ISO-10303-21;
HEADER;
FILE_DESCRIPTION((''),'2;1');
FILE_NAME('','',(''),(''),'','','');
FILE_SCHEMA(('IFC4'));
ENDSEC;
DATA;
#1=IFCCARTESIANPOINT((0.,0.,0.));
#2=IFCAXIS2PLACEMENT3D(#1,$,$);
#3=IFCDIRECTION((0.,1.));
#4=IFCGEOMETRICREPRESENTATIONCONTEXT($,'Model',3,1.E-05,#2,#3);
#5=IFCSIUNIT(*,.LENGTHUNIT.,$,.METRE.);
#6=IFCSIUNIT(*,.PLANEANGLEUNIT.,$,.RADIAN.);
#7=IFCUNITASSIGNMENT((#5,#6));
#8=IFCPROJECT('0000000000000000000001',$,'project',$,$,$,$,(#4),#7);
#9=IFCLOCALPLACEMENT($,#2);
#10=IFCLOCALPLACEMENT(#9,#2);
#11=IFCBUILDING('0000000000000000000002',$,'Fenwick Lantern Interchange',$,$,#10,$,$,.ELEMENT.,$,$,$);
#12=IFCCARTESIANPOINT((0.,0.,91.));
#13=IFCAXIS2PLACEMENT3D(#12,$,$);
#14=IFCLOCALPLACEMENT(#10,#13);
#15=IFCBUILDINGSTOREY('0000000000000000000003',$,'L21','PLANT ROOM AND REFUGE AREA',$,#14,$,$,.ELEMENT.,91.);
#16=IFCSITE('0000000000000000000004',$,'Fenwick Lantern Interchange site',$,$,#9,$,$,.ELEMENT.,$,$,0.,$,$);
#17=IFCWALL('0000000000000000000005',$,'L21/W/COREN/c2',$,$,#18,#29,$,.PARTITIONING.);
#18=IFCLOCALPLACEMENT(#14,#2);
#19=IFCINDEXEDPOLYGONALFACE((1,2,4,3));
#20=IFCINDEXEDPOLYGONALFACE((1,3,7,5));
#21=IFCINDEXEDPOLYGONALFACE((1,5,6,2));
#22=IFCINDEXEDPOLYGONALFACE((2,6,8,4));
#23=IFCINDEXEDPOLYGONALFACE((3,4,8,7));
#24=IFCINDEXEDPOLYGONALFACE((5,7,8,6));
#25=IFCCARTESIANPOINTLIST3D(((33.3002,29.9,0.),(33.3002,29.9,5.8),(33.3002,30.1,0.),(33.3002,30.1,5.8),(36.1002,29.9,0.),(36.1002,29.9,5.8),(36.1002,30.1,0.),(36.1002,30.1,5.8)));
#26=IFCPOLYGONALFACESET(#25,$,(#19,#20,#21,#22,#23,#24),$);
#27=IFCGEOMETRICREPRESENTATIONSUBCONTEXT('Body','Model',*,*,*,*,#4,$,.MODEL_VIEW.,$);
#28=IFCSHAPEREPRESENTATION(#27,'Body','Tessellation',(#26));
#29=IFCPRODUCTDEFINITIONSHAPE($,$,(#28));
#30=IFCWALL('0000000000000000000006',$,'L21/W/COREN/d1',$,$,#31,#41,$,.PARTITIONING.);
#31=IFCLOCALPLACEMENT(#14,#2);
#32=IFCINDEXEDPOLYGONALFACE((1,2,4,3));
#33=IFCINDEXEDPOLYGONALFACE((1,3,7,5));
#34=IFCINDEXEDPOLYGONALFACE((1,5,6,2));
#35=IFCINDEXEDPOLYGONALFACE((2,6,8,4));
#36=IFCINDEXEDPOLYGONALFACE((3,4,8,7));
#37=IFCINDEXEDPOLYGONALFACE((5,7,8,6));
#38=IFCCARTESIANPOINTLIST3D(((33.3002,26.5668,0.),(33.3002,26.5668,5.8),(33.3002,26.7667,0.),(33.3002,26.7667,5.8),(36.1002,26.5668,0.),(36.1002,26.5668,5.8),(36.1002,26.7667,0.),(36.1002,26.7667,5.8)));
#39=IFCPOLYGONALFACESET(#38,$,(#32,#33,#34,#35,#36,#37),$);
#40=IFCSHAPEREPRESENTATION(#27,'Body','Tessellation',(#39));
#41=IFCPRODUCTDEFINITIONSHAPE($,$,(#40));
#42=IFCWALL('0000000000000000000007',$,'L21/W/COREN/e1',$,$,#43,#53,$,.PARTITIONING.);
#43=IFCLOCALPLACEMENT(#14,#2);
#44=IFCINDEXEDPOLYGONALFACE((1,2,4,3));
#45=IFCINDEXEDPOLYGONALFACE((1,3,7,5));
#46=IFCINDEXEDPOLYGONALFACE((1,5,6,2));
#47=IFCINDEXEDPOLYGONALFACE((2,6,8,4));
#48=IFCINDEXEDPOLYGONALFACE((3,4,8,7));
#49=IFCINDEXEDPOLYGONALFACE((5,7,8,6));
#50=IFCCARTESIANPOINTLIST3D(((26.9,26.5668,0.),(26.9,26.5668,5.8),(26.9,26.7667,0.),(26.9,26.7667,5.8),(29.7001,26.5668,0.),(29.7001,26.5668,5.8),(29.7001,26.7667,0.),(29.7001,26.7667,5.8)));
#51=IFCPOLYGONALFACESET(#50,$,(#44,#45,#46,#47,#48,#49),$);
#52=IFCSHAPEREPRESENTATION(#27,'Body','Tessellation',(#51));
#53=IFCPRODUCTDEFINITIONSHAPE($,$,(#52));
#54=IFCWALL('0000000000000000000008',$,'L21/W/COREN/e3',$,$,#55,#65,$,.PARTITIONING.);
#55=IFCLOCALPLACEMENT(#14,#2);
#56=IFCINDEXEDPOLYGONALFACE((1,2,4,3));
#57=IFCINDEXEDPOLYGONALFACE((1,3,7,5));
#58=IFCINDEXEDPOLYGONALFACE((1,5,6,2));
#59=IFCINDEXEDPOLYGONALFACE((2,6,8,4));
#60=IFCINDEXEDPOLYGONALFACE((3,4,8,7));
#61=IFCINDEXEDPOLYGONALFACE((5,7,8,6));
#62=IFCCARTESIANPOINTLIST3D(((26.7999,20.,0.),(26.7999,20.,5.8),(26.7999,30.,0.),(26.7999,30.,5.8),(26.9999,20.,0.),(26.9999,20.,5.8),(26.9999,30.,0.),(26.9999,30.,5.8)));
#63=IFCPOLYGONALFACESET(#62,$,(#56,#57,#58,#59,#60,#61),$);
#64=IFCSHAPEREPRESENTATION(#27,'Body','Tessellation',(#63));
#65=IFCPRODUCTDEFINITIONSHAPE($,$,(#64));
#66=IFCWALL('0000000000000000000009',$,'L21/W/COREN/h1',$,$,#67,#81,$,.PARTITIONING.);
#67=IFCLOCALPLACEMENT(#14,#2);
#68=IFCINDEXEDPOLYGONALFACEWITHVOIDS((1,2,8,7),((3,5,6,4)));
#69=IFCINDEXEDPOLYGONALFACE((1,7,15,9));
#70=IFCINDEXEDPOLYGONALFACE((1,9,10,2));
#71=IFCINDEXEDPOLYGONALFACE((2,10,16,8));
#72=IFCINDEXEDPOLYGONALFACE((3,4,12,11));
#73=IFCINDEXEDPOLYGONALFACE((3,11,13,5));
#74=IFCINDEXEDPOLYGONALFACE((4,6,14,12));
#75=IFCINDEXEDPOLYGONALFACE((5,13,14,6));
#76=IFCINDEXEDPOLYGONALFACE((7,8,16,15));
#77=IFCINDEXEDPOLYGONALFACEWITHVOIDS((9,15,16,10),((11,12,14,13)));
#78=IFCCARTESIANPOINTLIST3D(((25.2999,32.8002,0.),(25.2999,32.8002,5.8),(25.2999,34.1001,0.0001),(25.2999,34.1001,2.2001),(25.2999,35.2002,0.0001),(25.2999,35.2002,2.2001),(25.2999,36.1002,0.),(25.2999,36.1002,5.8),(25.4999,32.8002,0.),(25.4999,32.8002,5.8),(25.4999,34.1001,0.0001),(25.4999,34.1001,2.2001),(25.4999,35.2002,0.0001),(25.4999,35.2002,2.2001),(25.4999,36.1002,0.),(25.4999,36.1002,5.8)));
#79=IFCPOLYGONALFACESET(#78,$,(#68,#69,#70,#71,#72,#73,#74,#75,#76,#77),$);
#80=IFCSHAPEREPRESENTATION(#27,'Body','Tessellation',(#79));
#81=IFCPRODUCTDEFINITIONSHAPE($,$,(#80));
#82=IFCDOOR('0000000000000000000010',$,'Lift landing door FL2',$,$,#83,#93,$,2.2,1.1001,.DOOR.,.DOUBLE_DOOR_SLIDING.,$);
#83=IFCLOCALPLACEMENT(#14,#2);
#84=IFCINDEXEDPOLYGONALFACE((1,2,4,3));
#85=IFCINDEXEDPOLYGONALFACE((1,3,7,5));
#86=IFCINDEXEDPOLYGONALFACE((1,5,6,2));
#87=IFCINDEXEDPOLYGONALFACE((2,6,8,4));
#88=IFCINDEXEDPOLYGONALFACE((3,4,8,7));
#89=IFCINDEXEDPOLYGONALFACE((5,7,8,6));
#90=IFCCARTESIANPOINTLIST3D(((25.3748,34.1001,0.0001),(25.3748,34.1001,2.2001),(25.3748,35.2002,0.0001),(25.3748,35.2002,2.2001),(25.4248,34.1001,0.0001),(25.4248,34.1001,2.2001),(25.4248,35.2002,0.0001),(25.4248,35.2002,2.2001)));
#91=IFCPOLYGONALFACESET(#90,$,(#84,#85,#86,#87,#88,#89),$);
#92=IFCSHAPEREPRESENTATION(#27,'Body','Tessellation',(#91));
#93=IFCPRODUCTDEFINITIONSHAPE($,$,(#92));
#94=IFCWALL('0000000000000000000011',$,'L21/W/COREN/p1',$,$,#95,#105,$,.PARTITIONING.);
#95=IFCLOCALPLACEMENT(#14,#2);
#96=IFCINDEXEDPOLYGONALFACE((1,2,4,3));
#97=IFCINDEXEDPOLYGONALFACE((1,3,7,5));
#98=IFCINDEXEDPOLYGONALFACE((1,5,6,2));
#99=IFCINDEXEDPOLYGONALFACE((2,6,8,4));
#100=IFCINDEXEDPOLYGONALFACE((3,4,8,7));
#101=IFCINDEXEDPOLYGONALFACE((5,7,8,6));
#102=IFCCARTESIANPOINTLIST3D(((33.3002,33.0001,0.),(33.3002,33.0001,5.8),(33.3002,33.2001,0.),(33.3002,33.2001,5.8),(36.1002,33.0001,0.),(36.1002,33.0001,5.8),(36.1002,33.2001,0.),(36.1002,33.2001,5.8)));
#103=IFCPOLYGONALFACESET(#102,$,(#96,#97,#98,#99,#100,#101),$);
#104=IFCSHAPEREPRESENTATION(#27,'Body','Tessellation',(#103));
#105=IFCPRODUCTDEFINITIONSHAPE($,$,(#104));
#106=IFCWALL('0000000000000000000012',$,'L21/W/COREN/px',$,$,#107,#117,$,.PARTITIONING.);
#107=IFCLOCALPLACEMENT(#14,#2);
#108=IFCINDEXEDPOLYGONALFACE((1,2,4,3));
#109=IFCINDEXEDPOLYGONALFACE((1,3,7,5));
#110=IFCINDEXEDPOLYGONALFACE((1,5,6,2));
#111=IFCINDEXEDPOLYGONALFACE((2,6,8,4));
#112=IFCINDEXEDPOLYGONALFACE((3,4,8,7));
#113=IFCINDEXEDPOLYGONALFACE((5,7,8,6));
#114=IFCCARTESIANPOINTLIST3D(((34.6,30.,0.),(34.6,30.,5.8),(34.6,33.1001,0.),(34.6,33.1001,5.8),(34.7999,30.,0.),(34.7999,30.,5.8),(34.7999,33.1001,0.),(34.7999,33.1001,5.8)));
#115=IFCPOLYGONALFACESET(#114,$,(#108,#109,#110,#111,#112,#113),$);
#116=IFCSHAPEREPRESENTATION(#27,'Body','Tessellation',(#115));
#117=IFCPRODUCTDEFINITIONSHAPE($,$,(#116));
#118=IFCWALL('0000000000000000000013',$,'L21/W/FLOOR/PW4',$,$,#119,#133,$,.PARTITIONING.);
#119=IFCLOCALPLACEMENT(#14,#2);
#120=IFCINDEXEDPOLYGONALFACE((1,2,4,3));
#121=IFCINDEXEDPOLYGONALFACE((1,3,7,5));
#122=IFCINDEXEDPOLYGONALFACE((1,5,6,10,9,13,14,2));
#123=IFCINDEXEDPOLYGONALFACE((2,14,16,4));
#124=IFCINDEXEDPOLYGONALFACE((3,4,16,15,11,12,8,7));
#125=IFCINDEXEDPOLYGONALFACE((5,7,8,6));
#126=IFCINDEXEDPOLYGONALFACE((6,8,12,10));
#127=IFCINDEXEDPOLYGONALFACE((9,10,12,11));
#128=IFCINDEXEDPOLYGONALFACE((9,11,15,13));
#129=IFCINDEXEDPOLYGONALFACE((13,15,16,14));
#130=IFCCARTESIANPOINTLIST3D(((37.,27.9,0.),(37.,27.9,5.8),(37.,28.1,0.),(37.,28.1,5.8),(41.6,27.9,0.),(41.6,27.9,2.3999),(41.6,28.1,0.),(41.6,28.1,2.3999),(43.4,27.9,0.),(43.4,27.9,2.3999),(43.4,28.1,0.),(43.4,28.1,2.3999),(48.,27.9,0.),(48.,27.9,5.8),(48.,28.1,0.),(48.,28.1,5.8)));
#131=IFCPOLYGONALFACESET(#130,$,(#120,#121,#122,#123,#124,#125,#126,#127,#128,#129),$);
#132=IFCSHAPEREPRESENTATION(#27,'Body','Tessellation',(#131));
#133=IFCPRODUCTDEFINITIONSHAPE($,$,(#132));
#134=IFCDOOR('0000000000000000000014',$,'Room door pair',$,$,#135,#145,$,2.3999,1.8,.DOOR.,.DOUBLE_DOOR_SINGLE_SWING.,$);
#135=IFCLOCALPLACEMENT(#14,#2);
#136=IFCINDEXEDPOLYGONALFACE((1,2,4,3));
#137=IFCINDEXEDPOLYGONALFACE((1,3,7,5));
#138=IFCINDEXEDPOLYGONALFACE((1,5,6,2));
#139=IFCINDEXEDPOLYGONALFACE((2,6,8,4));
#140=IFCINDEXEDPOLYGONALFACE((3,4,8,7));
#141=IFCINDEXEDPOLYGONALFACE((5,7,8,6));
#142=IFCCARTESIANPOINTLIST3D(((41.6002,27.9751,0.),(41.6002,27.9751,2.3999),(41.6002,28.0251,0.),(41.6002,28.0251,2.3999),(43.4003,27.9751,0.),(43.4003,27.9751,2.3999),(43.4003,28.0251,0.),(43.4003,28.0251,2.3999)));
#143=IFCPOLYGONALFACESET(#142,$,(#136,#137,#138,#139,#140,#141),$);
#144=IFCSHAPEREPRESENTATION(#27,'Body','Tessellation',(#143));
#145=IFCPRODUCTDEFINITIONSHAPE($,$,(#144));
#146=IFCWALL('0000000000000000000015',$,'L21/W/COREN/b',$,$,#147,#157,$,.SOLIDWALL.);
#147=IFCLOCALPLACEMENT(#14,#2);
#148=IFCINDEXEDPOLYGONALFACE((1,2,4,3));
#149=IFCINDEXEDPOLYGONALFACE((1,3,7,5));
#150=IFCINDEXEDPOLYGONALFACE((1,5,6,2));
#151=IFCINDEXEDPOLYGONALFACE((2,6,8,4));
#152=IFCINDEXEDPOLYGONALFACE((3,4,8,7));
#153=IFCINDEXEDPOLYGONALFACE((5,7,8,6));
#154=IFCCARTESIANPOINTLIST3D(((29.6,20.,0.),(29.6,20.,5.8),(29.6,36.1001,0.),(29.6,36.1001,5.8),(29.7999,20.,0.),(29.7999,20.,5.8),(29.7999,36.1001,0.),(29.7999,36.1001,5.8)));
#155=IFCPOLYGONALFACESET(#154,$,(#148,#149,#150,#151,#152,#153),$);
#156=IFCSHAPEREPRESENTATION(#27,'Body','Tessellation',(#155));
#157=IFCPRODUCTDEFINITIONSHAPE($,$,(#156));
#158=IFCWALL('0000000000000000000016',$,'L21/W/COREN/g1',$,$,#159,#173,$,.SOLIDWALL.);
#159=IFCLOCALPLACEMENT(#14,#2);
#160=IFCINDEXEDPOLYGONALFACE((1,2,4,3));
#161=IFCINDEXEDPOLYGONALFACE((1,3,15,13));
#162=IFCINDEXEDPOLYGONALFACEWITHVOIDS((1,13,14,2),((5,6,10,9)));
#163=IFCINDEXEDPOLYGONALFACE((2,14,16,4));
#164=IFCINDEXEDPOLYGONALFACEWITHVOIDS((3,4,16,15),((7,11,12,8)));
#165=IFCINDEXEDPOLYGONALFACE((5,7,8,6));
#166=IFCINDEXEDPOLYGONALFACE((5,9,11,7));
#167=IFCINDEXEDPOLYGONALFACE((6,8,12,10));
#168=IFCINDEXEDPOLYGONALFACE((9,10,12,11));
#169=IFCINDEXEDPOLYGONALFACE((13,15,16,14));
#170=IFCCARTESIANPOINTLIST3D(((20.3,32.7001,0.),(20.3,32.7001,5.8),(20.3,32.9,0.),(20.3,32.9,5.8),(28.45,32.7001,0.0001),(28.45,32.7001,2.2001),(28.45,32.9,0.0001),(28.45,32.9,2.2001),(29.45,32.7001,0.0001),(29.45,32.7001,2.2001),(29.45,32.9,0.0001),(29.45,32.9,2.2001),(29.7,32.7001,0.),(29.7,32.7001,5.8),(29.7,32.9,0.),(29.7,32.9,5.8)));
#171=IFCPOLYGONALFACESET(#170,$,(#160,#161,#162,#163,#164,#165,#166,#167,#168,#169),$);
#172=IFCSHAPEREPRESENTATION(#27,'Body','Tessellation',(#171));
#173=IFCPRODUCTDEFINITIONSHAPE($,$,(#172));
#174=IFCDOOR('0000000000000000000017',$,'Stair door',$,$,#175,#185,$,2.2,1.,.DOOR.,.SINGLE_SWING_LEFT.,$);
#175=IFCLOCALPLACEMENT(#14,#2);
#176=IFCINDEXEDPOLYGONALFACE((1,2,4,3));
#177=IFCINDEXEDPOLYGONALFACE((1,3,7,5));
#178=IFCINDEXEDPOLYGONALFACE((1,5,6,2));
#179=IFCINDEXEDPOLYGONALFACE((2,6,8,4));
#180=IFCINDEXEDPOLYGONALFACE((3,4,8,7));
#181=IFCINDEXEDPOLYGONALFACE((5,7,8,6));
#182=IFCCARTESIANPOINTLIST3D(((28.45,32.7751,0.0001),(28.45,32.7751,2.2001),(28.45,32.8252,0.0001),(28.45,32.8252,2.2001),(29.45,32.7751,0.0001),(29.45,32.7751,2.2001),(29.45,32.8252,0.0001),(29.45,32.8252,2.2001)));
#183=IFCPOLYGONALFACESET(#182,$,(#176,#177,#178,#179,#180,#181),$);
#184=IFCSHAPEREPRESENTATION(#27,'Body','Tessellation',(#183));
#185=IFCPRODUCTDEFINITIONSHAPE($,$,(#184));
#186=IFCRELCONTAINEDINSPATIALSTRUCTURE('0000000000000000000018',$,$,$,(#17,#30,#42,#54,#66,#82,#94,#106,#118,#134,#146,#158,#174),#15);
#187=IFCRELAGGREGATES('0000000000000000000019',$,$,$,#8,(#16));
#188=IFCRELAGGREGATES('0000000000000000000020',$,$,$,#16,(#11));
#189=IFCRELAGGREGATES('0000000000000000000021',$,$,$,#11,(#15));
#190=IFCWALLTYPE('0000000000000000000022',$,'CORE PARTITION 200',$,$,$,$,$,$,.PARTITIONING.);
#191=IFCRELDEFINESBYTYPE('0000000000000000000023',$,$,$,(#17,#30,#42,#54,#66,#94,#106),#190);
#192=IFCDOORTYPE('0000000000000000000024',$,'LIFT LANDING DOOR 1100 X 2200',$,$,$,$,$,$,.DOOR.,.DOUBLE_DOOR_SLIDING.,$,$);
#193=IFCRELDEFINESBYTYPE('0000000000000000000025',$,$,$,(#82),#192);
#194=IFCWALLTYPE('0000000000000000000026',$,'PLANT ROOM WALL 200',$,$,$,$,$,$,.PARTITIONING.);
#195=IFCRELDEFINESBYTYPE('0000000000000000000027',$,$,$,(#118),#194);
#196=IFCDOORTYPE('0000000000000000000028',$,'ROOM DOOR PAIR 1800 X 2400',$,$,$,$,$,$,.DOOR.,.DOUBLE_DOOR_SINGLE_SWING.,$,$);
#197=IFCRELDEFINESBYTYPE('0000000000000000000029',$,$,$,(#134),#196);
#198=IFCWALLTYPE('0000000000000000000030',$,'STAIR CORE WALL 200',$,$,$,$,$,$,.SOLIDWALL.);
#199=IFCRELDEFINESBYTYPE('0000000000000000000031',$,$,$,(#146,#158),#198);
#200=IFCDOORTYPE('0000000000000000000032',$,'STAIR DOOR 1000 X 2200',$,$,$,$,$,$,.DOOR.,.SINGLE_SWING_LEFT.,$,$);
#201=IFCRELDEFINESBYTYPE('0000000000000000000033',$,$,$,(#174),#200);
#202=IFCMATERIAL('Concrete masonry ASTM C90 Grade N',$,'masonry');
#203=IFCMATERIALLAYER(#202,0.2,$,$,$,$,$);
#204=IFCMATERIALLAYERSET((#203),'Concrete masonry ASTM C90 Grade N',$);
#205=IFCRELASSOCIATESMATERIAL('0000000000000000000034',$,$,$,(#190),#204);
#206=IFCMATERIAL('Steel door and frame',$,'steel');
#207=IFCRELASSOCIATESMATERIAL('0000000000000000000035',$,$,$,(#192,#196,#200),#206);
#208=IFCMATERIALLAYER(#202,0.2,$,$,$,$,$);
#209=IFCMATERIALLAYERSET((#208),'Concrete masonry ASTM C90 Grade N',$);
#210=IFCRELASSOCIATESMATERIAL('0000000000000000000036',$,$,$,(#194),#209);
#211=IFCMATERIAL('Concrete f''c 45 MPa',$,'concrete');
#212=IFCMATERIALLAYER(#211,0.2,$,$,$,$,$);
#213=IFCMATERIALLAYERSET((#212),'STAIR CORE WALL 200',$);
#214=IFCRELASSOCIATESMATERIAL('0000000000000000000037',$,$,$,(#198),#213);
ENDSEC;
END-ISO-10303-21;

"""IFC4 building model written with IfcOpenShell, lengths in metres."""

from ifc_helpers import new_model, si_unit, direction, frame, frame_2d, origin, place, context, subcontext, project, spatial, rectangle, extrude, material, layer, layer_set, type_object, element, fill, save


model = new_model("IFC4")

# Units and contexts
model_context = context("Model", 3, precision=1e-05, world=origin(), true_north=direction((0.0, 1.0)))
body_context = subcontext(model_context, "Body", "Model", "MODEL_VIEW")
ifc_project = project(units=[si_unit("LENGTHUNIT", "METRE"), si_unit("PLANEANGLEUNIT", "RADIAN")], contexts=[model_context])

# Site, building, storey
site_placement = place(None, origin())
site = spatial("IfcSite", under=ifc_project, at=site_placement, Name="Fenwick Lantern Interchange site", CompositionType="ELEMENT", RefElevation=0.0)
building_placement = place(site_placement, origin())
building = spatial("IfcBuilding", under=site, at=building_placement, Name="Fenwick Lantern Interchange", CompositionType="ELEMENT")
storey_placement = place(building_placement, frame((0.0, 0.0, 91.0)))
storey = spatial("IfcBuildingStorey", under=building, at=storey_placement, Name="L21", Description="PLANT ROOM AND REFUGE AREA", CompositionType="ELEMENT", Elevation=91.0)

# Walls
ifc_material_1 = material(Name="Concrete masonry ASTM C90 Grade N", Category="masonry")
ifc_layer_1 = layer(ifc_material_1, 0.2)
ifc_layer_set_1 = layer_set([ifc_layer_1], Name="Concrete masonry ASTM C90 Grade N")
wall_type_1 = type_object("IfcWallType", Name="CORE PARTITION 200", PredefinedType="PARTITIONING", material=ifc_layer_set_1)
for number, where, z_axis, x_axis, name in (
    (1, (36.1001, 30.0, 0.0), (0.0, 0.0, 1.0), (-1.0, 0.0, 0.0), "L21/W/COREN/c2"),
    (2, (36.1001, 26.6667, 0.0), (0.0, 0.0, 1.0), (-1.0, 0.0, 0.0), "L21/W/COREN/d1"),
    (3, (29.7, 26.6667, 0.0), (0.0, 0.0, 1.0), (-1.0, 0.0, 0.0), "L21/W/COREN/e1"),
):
    element("IfcWall", number, at=place(storey_placement, frame(where, z_axis=z_axis, x_axis=x_axis)), inside=storey, type_object=wall_type_1, Name=name, PredefinedType="PARTITIONING", context=body_context, shape_type="SweptSolid", body=[
        extrude(rectangle(XDim=2.8, YDim=0.2, at=frame_2d((1.3999, 0.0))), origin(), (0.0, 0.0, 1.0), 5.8),
    ])
wall_1_placement = place(storey_placement, frame((26.8999, 30.0, 0.0), z_axis=(0.0, 0.0, 1.0), x_axis=(0.0, -1.0, 0.0)))
element("IfcWall", 4, at=wall_1_placement, inside=storey, type_object=wall_type_1, Name="L21/W/COREN/e3", PredefinedType="PARTITIONING", context=body_context, shape_type="SweptSolid", body=[
    extrude(rectangle(XDim=10.0, YDim=0.2, at=frame_2d((5.0, 0.0))), origin(), (0.0, 0.0, 1.0), 5.8),
])

# Wall, opening, door
wall_2_placement = place(storey_placement, frame((25.3999, 36.1001, 0.0), z_axis=(0.0, 0.0, 1.0), x_axis=(0.0, -1.0, 0.0)))
wall_2 = element("IfcWall", 5, at=wall_2_placement, inside=storey, type_object=wall_type_1, Name="L21/W/COREN/h1", PredefinedType="PARTITIONING", context=body_context, shape_type="SweptSolid", body=[
    extrude(rectangle(XDim=3.3, YDim=0.2, at=frame_2d((1.6499, 0.0))), origin(), (0.0, 0.0, 1.0), 5.8),
])
opening_1_placement = place(wall_2_placement, frame((0.8999, 0.0, 0.0)))
opening_1 = element("IfcOpeningElement", 6, at=opening_1_placement, cuts=wall_2, PredefinedType="OPENING", context=body_context, shape_type="SweptSolid", body=[
    extrude(rectangle(XDim=1.1001, YDim=2.2, at=frame_2d((0.55, 1.1001))), frame((0.0, 0.1099, 0.0), z_axis=(0.0, -1.0, 0.0), x_axis=(1.0, 0.0, 0.0)), (0.0, 0.0, 1.0), 0.22),
])
ifc_material_2 = material(Name="Steel door and frame", Category="steel")
door_type_1 = type_object("IfcDoorType", Name="LIFT LANDING DOOR 1100 X 2200", OperationType="DOUBLE_DOOR_SLIDING", PredefinedType="DOOR", material=ifc_material_2)
door_1_placement = place(opening_1_placement, origin())
door_1 = element("IfcDoor", 7, at=door_1_placement, inside=storey, type_object=door_type_1, Name="Lift landing door FL2", OperationType="DOUBLE_DOOR_SLIDING", OverallHeight=2.2, OverallWidth=1.1001, PredefinedType="DOOR", context=body_context, shape_type="SweptSolid", body=[
    extrude(rectangle(XDim=1.1001, YDim=2.2, at=frame_2d((0.55, 1.1001))), frame((0.0, 0.0249, 0.0), z_axis=(0.0, -1.0, 0.0), x_axis=(1.0, 0.0, 0.0)), (0.0, 0.0, 1.0), 0.05),
])
fill(opening_1, door_1)

# Walls
wall_3_placement = place(storey_placement, frame((36.1001, 33.1001, 0.0), z_axis=(0.0, 0.0, 1.0), x_axis=(-1.0, 0.0, 0.0)))
element("IfcWall", 8, at=wall_3_placement, inside=storey, type_object=wall_type_1, Name="L21/W/COREN/p1", PredefinedType="PARTITIONING", context=body_context, shape_type="SweptSolid", body=[
    extrude(rectangle(XDim=2.8, YDim=0.2, at=frame_2d((1.3999, 0.0))), origin(), (0.0, 0.0, 1.0), 5.8),
])
wall_4_placement = place(storey_placement, frame((34.7, 33.1001, 0.0), z_axis=(0.0, 0.0, 1.0), x_axis=(0.0, -1.0, 0.0)))
element("IfcWall", 9, at=wall_4_placement, inside=storey, type_object=wall_type_1, Name="L21/W/COREN/px", PredefinedType="PARTITIONING", context=body_context, shape_type="SweptSolid", body=[
    extrude(rectangle(XDim=3.1001, YDim=0.2, at=frame_2d((1.55, 0.0))), origin(), (0.0, 0.0, 1.0), 5.8),
])

# Wall, opening, door
ifc_layer_2 = layer(ifc_material_1, 0.2)
ifc_layer_set_2 = layer_set([ifc_layer_2], Name="Concrete masonry ASTM C90 Grade N")
wall_type_2 = type_object("IfcWallType", Name="PLANT ROOM WALL 200", PredefinedType="PARTITIONING", material=ifc_layer_set_2)
wall_5_placement = place(storey_placement, frame((37.0, 28.0, 0.0), z_axis=(0.0, 0.0, 1.0), x_axis=(1.0, 0.0, 0.0)))
wall_5 = element("IfcWall", 10, at=wall_5_placement, inside=storey, type_object=wall_type_2, Name="L21/W/FLOOR/PW4", PredefinedType="PARTITIONING", context=body_context, shape_type="SweptSolid", body=[
    extrude(rectangle(XDim=11.0, YDim=0.2, at=frame_2d((5.5, 0.0))), origin(), (0.0, 0.0, 1.0), 5.8),
])
opening_2_placement = place(wall_5_placement, frame((4.6001, 0.0, 0.0)))
opening_2 = element("IfcOpeningElement", 11, at=opening_2_placement, cuts=wall_5, PredefinedType="OPENING", context=body_context, shape_type="SweptSolid", body=[
    extrude(rectangle(XDim=1.8, YDim=2.3999, at=frame_2d((0.8999, 1.2))), frame((0.0, 0.1099, 0.0), z_axis=(0.0, -1.0, 0.0), x_axis=(1.0, 0.0, 0.0)), (0.0, 0.0, 1.0), 0.22),
])
door_type_2 = type_object("IfcDoorType", Name="ROOM DOOR PAIR 1800 X 2400", OperationType="DOUBLE_DOOR_SINGLE_SWING", PredefinedType="DOOR", material=ifc_material_2)
door_2_placement = place(opening_2_placement, frame((1.8, 0.0, 0.0), z_axis=(0.0, 0.0, 1.0), x_axis=(-1.0, 0.0, 0.0)))
door_2 = element("IfcDoor", 12, at=door_2_placement, inside=storey, type_object=door_type_2, Name="Room door pair", OperationType="DOUBLE_DOOR_SINGLE_SWING", OverallHeight=2.3999, OverallWidth=1.8, PredefinedType="DOOR", context=body_context, shape_type="SweptSolid", body=[
    extrude(rectangle(XDim=1.8, YDim=2.3999, at=frame_2d((0.8999, 1.2))), frame((0.0, 0.0249, 0.0), z_axis=(0.0, -1.0, 0.0), x_axis=(1.0, 0.0, 0.0)), (0.0, 0.0, 1.0), 0.05),
])
fill(opening_2, door_2)

# Wall
ifc_material_3 = material(Name="Concrete f'c 45 MPa", Category="concrete")
ifc_layer_3 = layer(ifc_material_3, 0.2)
ifc_layer_set_3 = layer_set([ifc_layer_3], Name="STAIR CORE WALL 200")
wall_type_3 = type_object("IfcWallType", Name="STAIR CORE WALL 200", PredefinedType="SOLIDWALL", material=ifc_layer_set_3)
wall_6_placement = place(storey_placement, frame((29.7, 36.1001, 0.0), z_axis=(0.0, 0.0, 1.0), x_axis=(0.0, -1.0, 0.0)))
element("IfcWall", 13, at=wall_6_placement, inside=storey, type_object=wall_type_3, Name="L21/W/COREN/b", PredefinedType="SOLIDWALL", context=body_context, shape_type="SweptSolid", body=[
    extrude(rectangle(XDim=16.1001, YDim=0.2, at=frame_2d((8.05, 0.0))), origin(), (0.0, 0.0, 1.0), 5.8),
])

# Wall, opening, door
wall_7_placement = place(storey_placement, frame((29.7, 32.8, 0.0), z_axis=(0.0, 0.0, 1.0), x_axis=(-1.0, 0.0, 0.0)))
wall_7 = element("IfcWall", 14, at=wall_7_placement, inside=storey, type_object=wall_type_3, Name="L21/W/COREN/g1", PredefinedType="SOLIDWALL", context=body_context, shape_type="SweptSolid", body=[
    extrude(rectangle(XDim=9.3999, YDim=0.2, at=frame_2d((4.7, 0.0))), origin(), (0.0, 0.0, 1.0), 5.8),
])
opening_3_placement = place(wall_7_placement, frame((0.25, 0.0, 0.0)))
opening_3 = element("IfcOpeningElement", 15, at=opening_3_placement, cuts=wall_7, PredefinedType="OPENING", context=body_context, shape_type="SweptSolid", body=[
    extrude(rectangle(XDim=1.0, YDim=2.2, at=frame_2d((0.5, 1.1001))), frame((0.0, 0.1099, 0.0), z_axis=(0.0, -1.0, 0.0), x_axis=(1.0, 0.0, 0.0)), (0.0, 0.0, 1.0), 0.22),
])
door_type_3 = type_object("IfcDoorType", Name="STAIR DOOR 1000 X 2200", OperationType="SINGLE_SWING_LEFT", PredefinedType="DOOR", material=ifc_material_2)
door_3_placement = place(opening_3_placement, origin())
door_3 = element("IfcDoor", 16, at=door_3_placement, inside=storey, type_object=door_type_3, Name="Stair door", OperationType="SINGLE_SWING_LEFT", OverallHeight=2.2, OverallWidth=1.0, PredefinedType="DOOR", context=body_context, shape_type="SweptSolid", body=[
    extrude(rectangle(XDim=1.0, YDim=2.2, at=frame_2d((0.5, 1.1001))), frame((0.0, 0.0249, 0.0), z_axis=(0.0, -1.0, 0.0), x_axis=(1.0, 0.0, 0.0)), (0.0, 0.0, 1.0), 0.05),
])
fill(opening_3, door_3)

save(model, "model.ifc")
